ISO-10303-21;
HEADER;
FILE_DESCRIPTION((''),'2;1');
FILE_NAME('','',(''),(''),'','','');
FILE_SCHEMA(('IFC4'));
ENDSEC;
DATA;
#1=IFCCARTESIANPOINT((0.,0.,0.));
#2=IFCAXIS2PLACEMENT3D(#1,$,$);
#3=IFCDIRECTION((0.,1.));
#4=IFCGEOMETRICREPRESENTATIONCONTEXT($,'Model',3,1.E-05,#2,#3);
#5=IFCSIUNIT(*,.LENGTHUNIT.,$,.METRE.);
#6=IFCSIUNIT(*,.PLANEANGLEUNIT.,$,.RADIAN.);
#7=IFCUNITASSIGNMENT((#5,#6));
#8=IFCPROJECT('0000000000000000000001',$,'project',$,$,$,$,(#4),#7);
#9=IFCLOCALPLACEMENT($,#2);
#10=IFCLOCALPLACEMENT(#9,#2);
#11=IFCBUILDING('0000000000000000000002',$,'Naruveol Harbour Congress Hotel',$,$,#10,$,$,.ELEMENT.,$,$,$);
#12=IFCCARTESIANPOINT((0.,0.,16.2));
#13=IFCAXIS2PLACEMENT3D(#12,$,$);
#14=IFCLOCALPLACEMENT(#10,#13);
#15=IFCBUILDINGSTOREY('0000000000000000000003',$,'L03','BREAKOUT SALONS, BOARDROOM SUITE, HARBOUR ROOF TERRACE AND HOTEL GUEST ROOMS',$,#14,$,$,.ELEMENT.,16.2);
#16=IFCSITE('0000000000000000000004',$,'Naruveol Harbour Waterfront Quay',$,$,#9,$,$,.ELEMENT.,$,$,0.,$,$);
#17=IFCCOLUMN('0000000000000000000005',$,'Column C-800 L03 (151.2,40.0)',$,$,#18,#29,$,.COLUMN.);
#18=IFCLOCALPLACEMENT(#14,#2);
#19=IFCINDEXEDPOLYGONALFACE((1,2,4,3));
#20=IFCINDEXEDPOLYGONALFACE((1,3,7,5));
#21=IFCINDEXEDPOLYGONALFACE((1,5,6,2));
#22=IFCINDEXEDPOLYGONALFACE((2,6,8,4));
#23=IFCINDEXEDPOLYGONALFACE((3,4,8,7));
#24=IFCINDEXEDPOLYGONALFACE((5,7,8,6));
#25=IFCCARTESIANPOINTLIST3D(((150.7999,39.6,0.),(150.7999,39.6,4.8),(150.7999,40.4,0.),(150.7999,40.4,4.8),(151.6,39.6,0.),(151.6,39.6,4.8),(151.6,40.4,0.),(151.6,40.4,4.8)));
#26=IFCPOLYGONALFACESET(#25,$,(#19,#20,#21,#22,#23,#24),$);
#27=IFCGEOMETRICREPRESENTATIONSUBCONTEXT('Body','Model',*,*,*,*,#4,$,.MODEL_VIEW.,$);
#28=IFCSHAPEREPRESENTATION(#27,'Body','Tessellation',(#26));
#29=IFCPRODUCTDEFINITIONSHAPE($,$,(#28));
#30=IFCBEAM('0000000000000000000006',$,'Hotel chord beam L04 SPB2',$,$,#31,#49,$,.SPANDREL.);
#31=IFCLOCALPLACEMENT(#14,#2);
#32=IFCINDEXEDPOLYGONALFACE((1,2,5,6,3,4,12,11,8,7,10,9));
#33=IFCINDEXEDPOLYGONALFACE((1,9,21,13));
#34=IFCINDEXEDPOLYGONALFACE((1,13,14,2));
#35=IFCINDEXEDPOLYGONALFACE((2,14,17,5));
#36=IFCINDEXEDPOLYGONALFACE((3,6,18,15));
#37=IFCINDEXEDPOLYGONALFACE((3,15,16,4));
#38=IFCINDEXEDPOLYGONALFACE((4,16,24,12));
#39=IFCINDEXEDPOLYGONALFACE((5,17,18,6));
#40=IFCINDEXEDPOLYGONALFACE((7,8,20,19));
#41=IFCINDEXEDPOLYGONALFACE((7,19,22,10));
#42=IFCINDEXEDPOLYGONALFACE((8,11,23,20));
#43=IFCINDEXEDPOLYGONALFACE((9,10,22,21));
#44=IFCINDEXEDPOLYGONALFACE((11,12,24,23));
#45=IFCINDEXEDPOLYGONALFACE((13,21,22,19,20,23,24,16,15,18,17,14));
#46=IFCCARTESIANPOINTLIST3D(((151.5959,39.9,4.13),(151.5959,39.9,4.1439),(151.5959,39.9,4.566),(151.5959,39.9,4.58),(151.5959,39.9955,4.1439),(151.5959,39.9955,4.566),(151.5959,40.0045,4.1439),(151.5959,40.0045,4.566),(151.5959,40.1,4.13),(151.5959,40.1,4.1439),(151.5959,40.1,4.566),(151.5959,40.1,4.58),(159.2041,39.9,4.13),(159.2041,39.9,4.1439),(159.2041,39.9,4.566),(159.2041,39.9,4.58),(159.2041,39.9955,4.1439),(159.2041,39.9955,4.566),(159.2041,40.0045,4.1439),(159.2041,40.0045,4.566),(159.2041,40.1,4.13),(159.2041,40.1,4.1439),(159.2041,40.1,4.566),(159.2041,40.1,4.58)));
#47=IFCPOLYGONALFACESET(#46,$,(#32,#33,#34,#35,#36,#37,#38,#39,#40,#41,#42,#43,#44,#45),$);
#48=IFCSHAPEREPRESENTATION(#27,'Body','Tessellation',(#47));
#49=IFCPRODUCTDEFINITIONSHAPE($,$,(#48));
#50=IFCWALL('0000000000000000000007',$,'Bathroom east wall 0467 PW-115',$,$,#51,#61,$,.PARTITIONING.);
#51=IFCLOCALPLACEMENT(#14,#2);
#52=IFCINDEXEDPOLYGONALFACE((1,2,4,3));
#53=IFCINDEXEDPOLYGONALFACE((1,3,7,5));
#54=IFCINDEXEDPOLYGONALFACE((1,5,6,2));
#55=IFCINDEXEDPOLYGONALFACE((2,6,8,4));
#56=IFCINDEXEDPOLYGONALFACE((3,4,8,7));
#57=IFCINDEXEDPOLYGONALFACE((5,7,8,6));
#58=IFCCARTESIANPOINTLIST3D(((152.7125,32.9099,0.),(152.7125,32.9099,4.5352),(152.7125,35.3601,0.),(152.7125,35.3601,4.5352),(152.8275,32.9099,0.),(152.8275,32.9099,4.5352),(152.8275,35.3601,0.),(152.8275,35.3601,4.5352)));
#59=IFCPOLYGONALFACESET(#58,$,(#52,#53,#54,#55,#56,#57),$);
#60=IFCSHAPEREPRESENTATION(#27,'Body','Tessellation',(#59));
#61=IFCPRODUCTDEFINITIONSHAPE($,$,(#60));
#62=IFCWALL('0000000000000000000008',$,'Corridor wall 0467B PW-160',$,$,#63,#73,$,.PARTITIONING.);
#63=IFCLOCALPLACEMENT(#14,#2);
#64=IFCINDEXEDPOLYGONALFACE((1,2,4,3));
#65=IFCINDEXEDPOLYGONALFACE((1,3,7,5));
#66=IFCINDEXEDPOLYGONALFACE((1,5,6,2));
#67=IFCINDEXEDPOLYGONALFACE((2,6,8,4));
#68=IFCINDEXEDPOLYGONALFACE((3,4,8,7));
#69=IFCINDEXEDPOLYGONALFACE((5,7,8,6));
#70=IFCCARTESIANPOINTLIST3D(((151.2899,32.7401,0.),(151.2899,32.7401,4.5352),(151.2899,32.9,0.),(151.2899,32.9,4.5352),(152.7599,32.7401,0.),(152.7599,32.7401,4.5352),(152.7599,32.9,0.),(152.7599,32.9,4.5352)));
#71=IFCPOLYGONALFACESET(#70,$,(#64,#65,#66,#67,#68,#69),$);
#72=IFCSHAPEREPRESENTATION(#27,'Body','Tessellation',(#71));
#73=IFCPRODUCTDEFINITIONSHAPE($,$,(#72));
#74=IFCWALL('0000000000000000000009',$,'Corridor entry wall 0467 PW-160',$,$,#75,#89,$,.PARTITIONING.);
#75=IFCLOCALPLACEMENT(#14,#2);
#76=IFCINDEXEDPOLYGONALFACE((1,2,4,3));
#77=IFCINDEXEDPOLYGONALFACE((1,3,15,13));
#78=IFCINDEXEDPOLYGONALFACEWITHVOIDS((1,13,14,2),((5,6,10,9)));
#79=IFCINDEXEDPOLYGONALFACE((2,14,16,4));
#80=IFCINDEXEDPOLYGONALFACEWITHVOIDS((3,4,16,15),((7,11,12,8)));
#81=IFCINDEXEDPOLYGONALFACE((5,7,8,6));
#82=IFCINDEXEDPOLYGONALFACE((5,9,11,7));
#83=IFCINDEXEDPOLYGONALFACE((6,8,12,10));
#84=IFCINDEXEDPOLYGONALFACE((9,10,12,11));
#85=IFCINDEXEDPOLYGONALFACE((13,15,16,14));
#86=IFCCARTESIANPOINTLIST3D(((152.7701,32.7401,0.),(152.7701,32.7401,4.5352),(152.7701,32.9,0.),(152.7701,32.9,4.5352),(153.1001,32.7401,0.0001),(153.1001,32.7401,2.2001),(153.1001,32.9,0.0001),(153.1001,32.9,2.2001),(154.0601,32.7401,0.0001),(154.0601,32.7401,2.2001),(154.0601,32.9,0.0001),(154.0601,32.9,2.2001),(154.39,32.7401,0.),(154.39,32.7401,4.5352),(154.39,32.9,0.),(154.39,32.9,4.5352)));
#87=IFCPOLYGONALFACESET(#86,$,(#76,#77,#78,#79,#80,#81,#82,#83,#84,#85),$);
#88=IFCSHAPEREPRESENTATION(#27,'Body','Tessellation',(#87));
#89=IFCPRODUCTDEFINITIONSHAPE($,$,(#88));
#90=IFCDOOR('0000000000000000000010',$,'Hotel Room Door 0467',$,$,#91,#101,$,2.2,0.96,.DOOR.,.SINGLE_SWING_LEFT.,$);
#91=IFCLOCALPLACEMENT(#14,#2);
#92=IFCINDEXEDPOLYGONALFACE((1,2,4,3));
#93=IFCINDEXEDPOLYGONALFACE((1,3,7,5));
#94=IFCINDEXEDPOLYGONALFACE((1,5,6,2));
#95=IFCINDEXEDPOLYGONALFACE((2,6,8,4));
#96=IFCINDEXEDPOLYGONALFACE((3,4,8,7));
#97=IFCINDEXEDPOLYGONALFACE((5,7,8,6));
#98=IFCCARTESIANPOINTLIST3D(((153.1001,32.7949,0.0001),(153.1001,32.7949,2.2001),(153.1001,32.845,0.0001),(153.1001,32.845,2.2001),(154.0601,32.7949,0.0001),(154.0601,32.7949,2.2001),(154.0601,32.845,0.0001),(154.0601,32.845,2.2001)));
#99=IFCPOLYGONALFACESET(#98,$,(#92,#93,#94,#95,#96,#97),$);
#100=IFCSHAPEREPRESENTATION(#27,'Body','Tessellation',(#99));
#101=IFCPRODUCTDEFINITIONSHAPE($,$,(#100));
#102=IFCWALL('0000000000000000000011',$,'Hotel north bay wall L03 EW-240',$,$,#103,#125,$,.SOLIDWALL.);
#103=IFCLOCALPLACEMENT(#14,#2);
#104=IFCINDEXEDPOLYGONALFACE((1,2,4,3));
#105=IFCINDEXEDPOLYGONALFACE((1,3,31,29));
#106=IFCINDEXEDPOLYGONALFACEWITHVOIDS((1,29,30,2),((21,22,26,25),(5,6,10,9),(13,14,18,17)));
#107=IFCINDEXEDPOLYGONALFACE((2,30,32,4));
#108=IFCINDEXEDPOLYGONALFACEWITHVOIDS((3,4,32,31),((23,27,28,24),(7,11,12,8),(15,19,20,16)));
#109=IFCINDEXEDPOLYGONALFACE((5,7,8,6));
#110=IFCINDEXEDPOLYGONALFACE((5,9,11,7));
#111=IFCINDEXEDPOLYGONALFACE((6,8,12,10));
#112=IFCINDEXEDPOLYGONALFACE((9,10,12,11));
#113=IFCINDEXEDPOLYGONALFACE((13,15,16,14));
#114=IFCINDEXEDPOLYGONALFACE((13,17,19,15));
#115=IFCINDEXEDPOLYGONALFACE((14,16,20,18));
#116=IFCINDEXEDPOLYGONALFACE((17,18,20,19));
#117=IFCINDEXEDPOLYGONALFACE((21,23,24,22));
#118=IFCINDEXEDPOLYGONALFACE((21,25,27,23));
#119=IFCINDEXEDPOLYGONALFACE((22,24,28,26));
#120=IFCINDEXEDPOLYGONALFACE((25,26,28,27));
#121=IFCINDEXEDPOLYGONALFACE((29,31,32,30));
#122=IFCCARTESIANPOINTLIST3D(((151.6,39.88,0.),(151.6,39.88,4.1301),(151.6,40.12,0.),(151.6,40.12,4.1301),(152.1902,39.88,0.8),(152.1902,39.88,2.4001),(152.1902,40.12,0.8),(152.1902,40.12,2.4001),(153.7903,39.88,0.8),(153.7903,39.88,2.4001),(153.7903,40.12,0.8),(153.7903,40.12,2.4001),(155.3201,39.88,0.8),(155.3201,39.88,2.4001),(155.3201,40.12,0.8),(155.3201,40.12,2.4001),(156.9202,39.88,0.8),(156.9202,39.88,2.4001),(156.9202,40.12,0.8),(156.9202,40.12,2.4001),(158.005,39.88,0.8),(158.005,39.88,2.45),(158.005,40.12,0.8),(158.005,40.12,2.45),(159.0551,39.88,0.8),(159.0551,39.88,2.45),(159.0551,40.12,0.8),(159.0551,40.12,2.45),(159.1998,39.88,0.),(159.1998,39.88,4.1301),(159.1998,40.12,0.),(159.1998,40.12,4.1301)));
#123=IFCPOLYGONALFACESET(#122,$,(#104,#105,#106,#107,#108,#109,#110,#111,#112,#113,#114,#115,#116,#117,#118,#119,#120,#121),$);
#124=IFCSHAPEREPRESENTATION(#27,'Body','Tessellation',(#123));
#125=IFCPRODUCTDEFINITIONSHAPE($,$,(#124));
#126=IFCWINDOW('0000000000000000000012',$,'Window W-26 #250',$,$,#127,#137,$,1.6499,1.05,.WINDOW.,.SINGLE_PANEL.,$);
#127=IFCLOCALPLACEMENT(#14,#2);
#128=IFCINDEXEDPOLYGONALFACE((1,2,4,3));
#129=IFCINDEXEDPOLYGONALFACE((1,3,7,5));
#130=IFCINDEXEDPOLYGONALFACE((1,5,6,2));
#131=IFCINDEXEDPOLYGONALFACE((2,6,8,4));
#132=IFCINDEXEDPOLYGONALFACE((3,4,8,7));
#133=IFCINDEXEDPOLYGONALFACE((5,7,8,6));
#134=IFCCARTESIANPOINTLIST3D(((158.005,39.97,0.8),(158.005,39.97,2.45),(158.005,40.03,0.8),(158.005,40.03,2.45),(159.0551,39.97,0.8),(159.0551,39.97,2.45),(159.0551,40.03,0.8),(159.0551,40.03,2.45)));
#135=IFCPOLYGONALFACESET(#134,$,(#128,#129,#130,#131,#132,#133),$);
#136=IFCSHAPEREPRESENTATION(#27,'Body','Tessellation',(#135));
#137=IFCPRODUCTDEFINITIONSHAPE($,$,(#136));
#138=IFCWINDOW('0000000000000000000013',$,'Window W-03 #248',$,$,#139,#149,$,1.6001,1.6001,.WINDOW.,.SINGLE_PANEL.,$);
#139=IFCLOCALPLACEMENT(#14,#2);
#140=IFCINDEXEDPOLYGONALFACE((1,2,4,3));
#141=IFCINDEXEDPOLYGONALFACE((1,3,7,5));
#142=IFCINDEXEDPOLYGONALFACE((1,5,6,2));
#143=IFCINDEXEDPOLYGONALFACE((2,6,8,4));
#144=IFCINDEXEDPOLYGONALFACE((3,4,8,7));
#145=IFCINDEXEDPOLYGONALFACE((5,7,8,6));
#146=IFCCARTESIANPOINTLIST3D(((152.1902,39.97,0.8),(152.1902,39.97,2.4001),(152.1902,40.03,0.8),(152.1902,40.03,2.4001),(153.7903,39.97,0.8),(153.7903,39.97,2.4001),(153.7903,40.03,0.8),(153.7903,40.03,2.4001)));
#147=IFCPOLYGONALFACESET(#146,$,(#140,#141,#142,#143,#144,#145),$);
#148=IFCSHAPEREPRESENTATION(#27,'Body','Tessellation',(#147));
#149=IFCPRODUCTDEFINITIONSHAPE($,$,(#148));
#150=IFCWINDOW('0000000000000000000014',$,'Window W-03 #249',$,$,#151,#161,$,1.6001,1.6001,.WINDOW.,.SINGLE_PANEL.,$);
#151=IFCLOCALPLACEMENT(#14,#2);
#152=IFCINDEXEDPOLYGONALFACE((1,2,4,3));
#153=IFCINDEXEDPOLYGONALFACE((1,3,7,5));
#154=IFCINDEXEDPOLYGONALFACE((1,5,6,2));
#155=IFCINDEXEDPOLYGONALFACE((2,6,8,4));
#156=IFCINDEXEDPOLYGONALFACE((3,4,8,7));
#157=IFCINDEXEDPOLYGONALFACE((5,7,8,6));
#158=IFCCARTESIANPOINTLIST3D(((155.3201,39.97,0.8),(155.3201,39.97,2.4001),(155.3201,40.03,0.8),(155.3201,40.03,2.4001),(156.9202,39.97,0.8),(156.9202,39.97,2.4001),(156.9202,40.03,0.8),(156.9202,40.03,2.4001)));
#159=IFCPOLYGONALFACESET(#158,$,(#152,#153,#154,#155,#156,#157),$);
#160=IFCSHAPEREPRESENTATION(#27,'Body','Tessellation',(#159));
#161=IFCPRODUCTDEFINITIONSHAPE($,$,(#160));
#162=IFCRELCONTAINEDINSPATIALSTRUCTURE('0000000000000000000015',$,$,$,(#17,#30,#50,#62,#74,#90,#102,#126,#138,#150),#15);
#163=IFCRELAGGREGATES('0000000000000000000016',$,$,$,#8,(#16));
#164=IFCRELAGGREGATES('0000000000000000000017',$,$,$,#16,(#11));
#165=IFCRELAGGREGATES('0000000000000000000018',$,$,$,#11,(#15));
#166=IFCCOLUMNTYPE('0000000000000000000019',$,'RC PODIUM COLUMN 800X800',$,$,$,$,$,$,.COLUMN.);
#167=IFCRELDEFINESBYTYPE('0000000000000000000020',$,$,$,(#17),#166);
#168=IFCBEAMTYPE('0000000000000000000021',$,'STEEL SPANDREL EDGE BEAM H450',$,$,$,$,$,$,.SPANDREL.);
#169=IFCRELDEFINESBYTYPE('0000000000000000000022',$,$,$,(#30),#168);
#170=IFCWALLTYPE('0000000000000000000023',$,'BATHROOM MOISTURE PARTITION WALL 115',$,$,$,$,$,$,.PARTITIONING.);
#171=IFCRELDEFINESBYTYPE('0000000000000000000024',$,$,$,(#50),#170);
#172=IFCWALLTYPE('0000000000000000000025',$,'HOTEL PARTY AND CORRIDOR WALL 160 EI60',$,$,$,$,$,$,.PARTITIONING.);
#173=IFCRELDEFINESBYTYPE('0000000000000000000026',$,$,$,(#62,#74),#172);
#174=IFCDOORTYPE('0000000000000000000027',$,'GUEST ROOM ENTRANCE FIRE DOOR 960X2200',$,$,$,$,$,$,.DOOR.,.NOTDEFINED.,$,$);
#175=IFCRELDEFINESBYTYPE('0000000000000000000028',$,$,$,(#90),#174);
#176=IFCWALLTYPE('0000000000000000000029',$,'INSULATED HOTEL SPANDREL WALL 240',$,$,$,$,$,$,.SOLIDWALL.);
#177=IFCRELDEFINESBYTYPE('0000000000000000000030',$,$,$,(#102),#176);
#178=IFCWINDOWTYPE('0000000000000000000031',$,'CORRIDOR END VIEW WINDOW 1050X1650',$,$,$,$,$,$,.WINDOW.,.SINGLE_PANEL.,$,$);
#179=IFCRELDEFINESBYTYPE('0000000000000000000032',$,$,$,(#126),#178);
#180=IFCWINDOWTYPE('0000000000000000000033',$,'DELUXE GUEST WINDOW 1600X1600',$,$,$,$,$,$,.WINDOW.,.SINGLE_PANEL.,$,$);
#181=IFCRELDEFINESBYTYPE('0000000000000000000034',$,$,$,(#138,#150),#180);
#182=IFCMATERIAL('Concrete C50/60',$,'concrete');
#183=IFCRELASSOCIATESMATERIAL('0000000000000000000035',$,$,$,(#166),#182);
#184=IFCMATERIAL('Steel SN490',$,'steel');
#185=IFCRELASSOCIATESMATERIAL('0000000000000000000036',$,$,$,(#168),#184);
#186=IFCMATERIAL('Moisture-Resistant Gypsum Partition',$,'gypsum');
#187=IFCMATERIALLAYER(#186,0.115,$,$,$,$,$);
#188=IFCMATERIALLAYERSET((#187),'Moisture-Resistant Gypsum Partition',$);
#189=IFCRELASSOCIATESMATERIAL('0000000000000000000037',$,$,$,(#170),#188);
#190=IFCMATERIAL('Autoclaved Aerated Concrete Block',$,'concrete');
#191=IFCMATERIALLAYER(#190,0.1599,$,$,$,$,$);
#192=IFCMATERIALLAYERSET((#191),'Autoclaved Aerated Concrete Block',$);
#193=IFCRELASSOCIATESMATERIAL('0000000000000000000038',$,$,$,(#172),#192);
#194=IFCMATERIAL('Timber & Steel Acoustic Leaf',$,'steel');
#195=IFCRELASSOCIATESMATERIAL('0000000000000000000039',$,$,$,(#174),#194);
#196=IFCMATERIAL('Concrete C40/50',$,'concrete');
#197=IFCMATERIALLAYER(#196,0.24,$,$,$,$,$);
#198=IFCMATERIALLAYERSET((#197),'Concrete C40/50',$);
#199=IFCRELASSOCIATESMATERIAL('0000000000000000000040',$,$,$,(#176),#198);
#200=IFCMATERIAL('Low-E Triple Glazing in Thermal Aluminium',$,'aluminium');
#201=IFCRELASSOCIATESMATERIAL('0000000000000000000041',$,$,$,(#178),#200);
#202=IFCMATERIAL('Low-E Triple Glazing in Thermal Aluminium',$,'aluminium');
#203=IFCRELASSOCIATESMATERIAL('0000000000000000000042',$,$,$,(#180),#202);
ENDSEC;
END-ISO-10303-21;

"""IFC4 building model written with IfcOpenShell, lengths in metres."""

from ifc_helpers import new_model, si_unit, direction, frame, frame_2d, origin, origin_2d, place, context, subcontext, project, spatial, rectangle, i_section, extrude, material, layer, layer_set, material_profile, profile_set, type_object, element, fill, save


model = new_model("IFC4")

# Units and contexts
model_context = context("Model", 3, precision=1e-05, world=origin(), true_north=direction((0.0, 1.0)))
body_context = subcontext(model_context, "Body", "Model", "MODEL_VIEW")
ifc_project = project(units=[si_unit("LENGTHUNIT", "METRE"), si_unit("PLANEANGLEUNIT", "RADIAN")], contexts=[model_context])

# Site, building, storey
site_placement = place(None, origin())
site = spatial("IfcSite", under=ifc_project, at=site_placement, Name="Naruveol Harbour Waterfront Quay", CompositionType="ELEMENT", RefElevation=0.0)
building_placement = place(site_placement, origin())
building = spatial("IfcBuilding", under=site, at=building_placement, Name="Naruveol Harbour Congress Hotel", CompositionType="ELEMENT")
storey_placement = place(building_placement, frame((0.0, 0.0, 16.2)))
storey = spatial("IfcBuildingStorey", under=building, at=storey_placement, Name="L03", Description="BREAKOUT SALONS, BOARDROOM SUITE, HARBOUR ROOF TERRACE AND HOTEL GUEST ROOMS", CompositionType="ELEMENT", Elevation=16.2)

# Column
ifc_material_1 = material(Name="Concrete C50/60", Category="concrete")
ifc_material_profile_1 = material_profile(ifc_material_1, rectangle(XDim=0.8, YDim=0.8, at=origin_2d()), Name="RC-800x800")
ifc_profile_set_1 = profile_set([ifc_material_profile_1], Name="Concrete C50/60")
column_type = type_object("IfcColumnType", Name="RC PODIUM COLUMN 800X800", PredefinedType="COLUMN", material=ifc_profile_set_1)
column_placement = place(storey_placement, frame((151.2, 40.0, 0.0), z_axis=(0.0, 0.0, 1.0), x_axis=(1.0, 0.0, 0.0)))
element("IfcColumn", 1, at=column_placement, inside=storey, type_object=column_type, Name="Column C-800 L03 (151.2,40.0)", PredefinedType="COLUMN", context=body_context, shape_type="SweptSolid", body=[
    extrude(rectangle(XDim=0.8, YDim=0.8, at=origin_2d()), origin(), (0.0, 0.0, 1.0), 4.8),
])

# Beam
ifc_material_2 = material(Name="Steel SN490", Category="steel")
ifc_material_profile_2 = material_profile(ifc_material_2, i_section(OverallWidth=0.2, OverallDepth=0.45, WebThickness=0.009, FlangeThickness=0.0139, at=origin_2d()), Name="H-450x200x9x14")
ifc_profile_set_2 = profile_set([ifc_material_profile_2], Name="Steel SN490")
beam_type = type_object("IfcBeamType", Name="STEEL SPANDREL EDGE BEAM H450", PredefinedType="SPANDREL", material=ifc_profile_set_2)
beam_placement = place(storey_placement, frame((151.5959, 40.0, 4.355), z_axis=(1.0, 0.0, 0.0), x_axis=(0.0, 1.0, 0.0)))
element("IfcBeam", 2, at=beam_placement, inside=storey, type_object=beam_type, Name="Hotel chord beam L04 SPB2", PredefinedType="SPANDREL", context=body_context, shape_type="SweptSolid", body=[
    extrude(i_section(OverallWidth=0.2, OverallDepth=0.45, WebThickness=0.009, FlangeThickness=0.0139, at=origin_2d()), origin(), (0.0, 0.0, 1.0), 7.6082),
])

# Wall
ifc_material_3 = material(Name="Moisture-Resistant Gypsum Partition", Category="gypsum")
ifc_layer_1 = layer(ifc_material_3, 0.115)
ifc_layer_set_1 = layer_set([ifc_layer_1], Name="Moisture-Resistant Gypsum Partition")
wall_type_1 = type_object("IfcWallType", Name="BATHROOM MOISTURE PARTITION WALL 115", PredefinedType="PARTITIONING", material=ifc_layer_set_1)
wall_1_placement = place(storey_placement, frame((152.77, 32.9099, 0.0), z_axis=(0.0, 0.0, 1.0), x_axis=(0.0, 1.0, 0.0)))
element("IfcWall", 3, at=wall_1_placement, inside=storey, type_object=wall_type_1, Name="Bathroom east wall 0467 PW-115", PredefinedType="PARTITIONING", context=body_context, shape_type="SweptSolid", body=[
    extrude(rectangle(XDim=2.4502, YDim=0.115, at=frame_2d((1.2251, 0.0))), origin(), (0.0, 0.0, 1.0), 4.5352),
])

# Wall
ifc_material_4 = material(Name="Autoclaved Aerated Concrete Block", Category="concrete")
ifc_layer_2 = layer(ifc_material_4, 0.1599)
ifc_layer_set_2 = layer_set([ifc_layer_2], Name="Autoclaved Aerated Concrete Block")
wall_type_2 = type_object("IfcWallType", Name="HOTEL PARTY AND CORRIDOR WALL 160 EI60", PredefinedType="PARTITIONING", material=ifc_layer_set_2)
wall_2_placement = place(storey_placement, frame((151.29, 32.8201, 0.0), z_axis=(0.0, 0.0, 1.0), x_axis=(1.0, 0.0, 0.0)))
element("IfcWall", 4, at=wall_2_placement, inside=storey, type_object=wall_type_2, Name="Corridor wall 0467B PW-160", PredefinedType="PARTITIONING", context=body_context, shape_type="SweptSolid", body=[
    extrude(rectangle(XDim=1.47, YDim=0.1599, at=frame_2d((0.7349, 0.0))), origin(), (0.0, 0.0, 1.0), 4.5352),
])

# Wall, opening, door
wall_3_placement = place(storey_placement, frame((152.77, 32.8201, 0.0), z_axis=(0.0, 0.0, 1.0), x_axis=(1.0, 0.0, 0.0)))
wall_3 = element("IfcWall", 5, at=wall_3_placement, inside=storey, type_object=wall_type_2, Name="Corridor entry wall 0467 PW-160", PredefinedType="PARTITIONING", context=body_context, shape_type="SweptSolid", body=[
    extrude(rectangle(XDim=1.6199, YDim=0.1599, at=frame_2d((0.8101, 0.0))), origin(), (0.0, 0.0, 1.0), 4.5352),
])
opening_1_placement = place(wall_3_placement, frame((0.3301, 0.0, 0.0)))
opening_1 = element("IfcOpeningElement", 6, at=opening_1_placement, cuts=wall_3, PredefinedType="OPENING", context=body_context, shape_type="SweptSolid", body=[
    extrude(rectangle(XDim=0.96, YDim=2.2, at=frame_2d((0.48, 1.1001))), frame((0.0, 0.0898, 0.0), z_axis=(0.0, -1.0, 0.0), x_axis=(1.0, 0.0, 0.0)), (0.0, 0.0, 1.0), 0.1799),
])
ifc_material_5 = material(Name="Timber & Steel Acoustic Leaf", Category="steel")
door_type_1 = type_object("IfcDoorType", Name="GUEST ROOM ENTRANCE FIRE DOOR 960X2200", OperationType="NOTDEFINED", PredefinedType="DOOR", material=ifc_material_5)
door_1_placement = place(opening_1_placement, origin())
door_1 = element("IfcDoor", 7, at=door_1_placement, inside=storey, type_object=door_type_1, Name="Hotel Room Door 0467", OperationType="SINGLE_SWING_LEFT", OverallHeight=2.2, OverallWidth=0.96, PredefinedType="DOOR", context=body_context, shape_type="SweptSolid", body=[
    extrude(rectangle(XDim=0.96, YDim=2.2, at=frame_2d((0.48, 1.1001))), frame((0.0, 0.0249, 0.0), z_axis=(0.0, -1.0, 0.0), x_axis=(1.0, 0.0, 0.0)), (0.0, 0.0, 1.0), 0.05),
])
fill(opening_1, door_1)

# Wall, openings, windows
ifc_material_6 = material(Name="Concrete C40/50", Category="concrete")
ifc_layer_3 = layer(ifc_material_6, 0.24)
ifc_layer_set_3 = layer_set([ifc_layer_3], Name="Concrete C40/50")
wall_type_3 = type_object("IfcWallType", Name="INSULATED HOTEL SPANDREL WALL 240", PredefinedType="SOLIDWALL", material=ifc_layer_set_3)
wall_4_placement = place(storey_placement, frame((151.6001, 40.0, 0.0), z_axis=(0.0, 0.0, 1.0), x_axis=(1.0, 0.0, 0.0)))
wall_4 = element("IfcWall", 8, at=wall_4_placement, inside=storey, type_object=wall_type_3, Name="Hotel north bay wall L03 EW-240", PredefinedType="SOLIDWALL", context=body_context, shape_type="SweptSolid", body=[
    extrude(rectangle(XDim=7.5999, YDim=0.24, at=frame_2d((3.7998, 0.0))), origin(), (0.0, 0.0, 1.0), 4.1301),
])
opening_2_placement = place(wall_4_placement, frame((0.5901, 0.0, 0.8)))
opening_2 = element("IfcOpeningElement", 9, at=opening_2_placement, cuts=wall_4, PredefinedType="OPENING", context=body_context, shape_type="SweptSolid", body=[
    extrude(rectangle(XDim=1.6001, YDim=1.6001, at=frame_2d((0.8, 0.8))), frame((0.0, 0.1299, 0.0), z_axis=(0.0, -1.0, 0.0), x_axis=(1.0, 0.0, 0.0)), (0.0, 0.0, 1.0), 0.26),
])
opening_3_placement = place(wall_4_placement, frame((3.72, 0.0, 0.8)))
opening_3 = element("IfcOpeningElement", 10, at=opening_3_placement, cuts=wall_4, PredefinedType="OPENING", context=body_context, shape_type="SweptSolid", body=[
    extrude(rectangle(XDim=1.6001, YDim=1.6001, at=frame_2d((0.8, 0.8))), frame((0.0, 0.1299, 0.0), z_axis=(0.0, -1.0, 0.0), x_axis=(1.0, 0.0, 0.0)), (0.0, 0.0, 1.0), 0.26),
])
opening_4_placement = place(wall_4_placement, frame((6.405, 0.0, 0.8)))
opening_4 = element("IfcOpeningElement", 11, at=opening_4_placement, cuts=wall_4, PredefinedType="OPENING", context=body_context, shape_type="SweptSolid", body=[
    extrude(rectangle(XDim=1.05, YDim=1.6499, at=frame_2d((0.5249, 0.825))), frame((0.0, 0.1299, 0.0), z_axis=(0.0, -1.0, 0.0), x_axis=(1.0, 0.0, 0.0)), (0.0, 0.0, 1.0), 0.26),
])
ifc_material_7 = material(Name="Low-E Triple Glazing in Thermal Aluminium", Category="aluminium")
window_type_1 = type_object("IfcWindowType", Name="CORRIDOR END VIEW WINDOW 1050X1650", PartitioningType="SINGLE_PANEL", PredefinedType="WINDOW", material=ifc_material_7)
window_1_placement = place(opening_4_placement, origin())
window_1 = element("IfcWindow", 12, at=window_1_placement, inside=storey, type_object=window_type_1, Name="Window W-26 #250", OverallHeight=1.6499, OverallWidth=1.05, PartitioningType="SINGLE_PANEL", PredefinedType="WINDOW", context=body_context, shape_type="SweptSolid", body=[
    extrude(rectangle(XDim=1.05, YDim=1.6499, at=frame_2d((0.5249, 0.825))), frame((0.0, 0.03, 0.0), z_axis=(0.0, -1.0, 0.0), x_axis=(1.0, 0.0, 0.0)), (0.0, 0.0, 1.0), 0.0601),
])
fill(opening_4, window_1)
ifc_material_8 = material(Name="Low-E Triple Glazing in Thermal Aluminium", Category="aluminium")
window_type_2 = type_object("IfcWindowType", Name="DELUXE GUEST WINDOW 1600X1600", PartitioningType="SINGLE_PANEL", PredefinedType="WINDOW", material=ifc_material_8)
window_2_placement = place(opening_2_placement, origin())
window_2 = element("IfcWindow", 13, at=window_2_placement, inside=storey, type_object=window_type_2, Name="Window W-03 #248", OverallHeight=1.6001, OverallWidth=1.6001, PartitioningType="SINGLE_PANEL", PredefinedType="WINDOW", context=body_context, shape_type="SweptSolid", body=[
    extrude(rectangle(XDim=1.6001, YDim=1.6001, at=frame_2d((0.8, 0.8))), frame((0.0, 0.03, 0.0), z_axis=(0.0, -1.0, 0.0), x_axis=(1.0, 0.0, 0.0)), (0.0, 0.0, 1.0), 0.0601),
])
fill(opening_2, window_2)
window_3_placement = place(opening_3_placement, origin())
window_3 = element("IfcWindow", 14, at=window_3_placement, inside=storey, type_object=window_type_2, Name="Window W-03 #249", OverallHeight=1.6001, OverallWidth=1.6001, PartitioningType="SINGLE_PANEL", PredefinedType="WINDOW", context=body_context, shape_type="SweptSolid", body=[
    extrude(rectangle(XDim=1.6001, YDim=1.6001, at=frame_2d((0.8, 0.8))), frame((0.0, 0.03, 0.0), z_axis=(0.0, -1.0, 0.0), x_axis=(1.0, 0.0, 0.0)), (0.0, 0.0, 1.0), 0.0601),
])
fill(opening_3, window_3)

save(model, "model.ifc")
